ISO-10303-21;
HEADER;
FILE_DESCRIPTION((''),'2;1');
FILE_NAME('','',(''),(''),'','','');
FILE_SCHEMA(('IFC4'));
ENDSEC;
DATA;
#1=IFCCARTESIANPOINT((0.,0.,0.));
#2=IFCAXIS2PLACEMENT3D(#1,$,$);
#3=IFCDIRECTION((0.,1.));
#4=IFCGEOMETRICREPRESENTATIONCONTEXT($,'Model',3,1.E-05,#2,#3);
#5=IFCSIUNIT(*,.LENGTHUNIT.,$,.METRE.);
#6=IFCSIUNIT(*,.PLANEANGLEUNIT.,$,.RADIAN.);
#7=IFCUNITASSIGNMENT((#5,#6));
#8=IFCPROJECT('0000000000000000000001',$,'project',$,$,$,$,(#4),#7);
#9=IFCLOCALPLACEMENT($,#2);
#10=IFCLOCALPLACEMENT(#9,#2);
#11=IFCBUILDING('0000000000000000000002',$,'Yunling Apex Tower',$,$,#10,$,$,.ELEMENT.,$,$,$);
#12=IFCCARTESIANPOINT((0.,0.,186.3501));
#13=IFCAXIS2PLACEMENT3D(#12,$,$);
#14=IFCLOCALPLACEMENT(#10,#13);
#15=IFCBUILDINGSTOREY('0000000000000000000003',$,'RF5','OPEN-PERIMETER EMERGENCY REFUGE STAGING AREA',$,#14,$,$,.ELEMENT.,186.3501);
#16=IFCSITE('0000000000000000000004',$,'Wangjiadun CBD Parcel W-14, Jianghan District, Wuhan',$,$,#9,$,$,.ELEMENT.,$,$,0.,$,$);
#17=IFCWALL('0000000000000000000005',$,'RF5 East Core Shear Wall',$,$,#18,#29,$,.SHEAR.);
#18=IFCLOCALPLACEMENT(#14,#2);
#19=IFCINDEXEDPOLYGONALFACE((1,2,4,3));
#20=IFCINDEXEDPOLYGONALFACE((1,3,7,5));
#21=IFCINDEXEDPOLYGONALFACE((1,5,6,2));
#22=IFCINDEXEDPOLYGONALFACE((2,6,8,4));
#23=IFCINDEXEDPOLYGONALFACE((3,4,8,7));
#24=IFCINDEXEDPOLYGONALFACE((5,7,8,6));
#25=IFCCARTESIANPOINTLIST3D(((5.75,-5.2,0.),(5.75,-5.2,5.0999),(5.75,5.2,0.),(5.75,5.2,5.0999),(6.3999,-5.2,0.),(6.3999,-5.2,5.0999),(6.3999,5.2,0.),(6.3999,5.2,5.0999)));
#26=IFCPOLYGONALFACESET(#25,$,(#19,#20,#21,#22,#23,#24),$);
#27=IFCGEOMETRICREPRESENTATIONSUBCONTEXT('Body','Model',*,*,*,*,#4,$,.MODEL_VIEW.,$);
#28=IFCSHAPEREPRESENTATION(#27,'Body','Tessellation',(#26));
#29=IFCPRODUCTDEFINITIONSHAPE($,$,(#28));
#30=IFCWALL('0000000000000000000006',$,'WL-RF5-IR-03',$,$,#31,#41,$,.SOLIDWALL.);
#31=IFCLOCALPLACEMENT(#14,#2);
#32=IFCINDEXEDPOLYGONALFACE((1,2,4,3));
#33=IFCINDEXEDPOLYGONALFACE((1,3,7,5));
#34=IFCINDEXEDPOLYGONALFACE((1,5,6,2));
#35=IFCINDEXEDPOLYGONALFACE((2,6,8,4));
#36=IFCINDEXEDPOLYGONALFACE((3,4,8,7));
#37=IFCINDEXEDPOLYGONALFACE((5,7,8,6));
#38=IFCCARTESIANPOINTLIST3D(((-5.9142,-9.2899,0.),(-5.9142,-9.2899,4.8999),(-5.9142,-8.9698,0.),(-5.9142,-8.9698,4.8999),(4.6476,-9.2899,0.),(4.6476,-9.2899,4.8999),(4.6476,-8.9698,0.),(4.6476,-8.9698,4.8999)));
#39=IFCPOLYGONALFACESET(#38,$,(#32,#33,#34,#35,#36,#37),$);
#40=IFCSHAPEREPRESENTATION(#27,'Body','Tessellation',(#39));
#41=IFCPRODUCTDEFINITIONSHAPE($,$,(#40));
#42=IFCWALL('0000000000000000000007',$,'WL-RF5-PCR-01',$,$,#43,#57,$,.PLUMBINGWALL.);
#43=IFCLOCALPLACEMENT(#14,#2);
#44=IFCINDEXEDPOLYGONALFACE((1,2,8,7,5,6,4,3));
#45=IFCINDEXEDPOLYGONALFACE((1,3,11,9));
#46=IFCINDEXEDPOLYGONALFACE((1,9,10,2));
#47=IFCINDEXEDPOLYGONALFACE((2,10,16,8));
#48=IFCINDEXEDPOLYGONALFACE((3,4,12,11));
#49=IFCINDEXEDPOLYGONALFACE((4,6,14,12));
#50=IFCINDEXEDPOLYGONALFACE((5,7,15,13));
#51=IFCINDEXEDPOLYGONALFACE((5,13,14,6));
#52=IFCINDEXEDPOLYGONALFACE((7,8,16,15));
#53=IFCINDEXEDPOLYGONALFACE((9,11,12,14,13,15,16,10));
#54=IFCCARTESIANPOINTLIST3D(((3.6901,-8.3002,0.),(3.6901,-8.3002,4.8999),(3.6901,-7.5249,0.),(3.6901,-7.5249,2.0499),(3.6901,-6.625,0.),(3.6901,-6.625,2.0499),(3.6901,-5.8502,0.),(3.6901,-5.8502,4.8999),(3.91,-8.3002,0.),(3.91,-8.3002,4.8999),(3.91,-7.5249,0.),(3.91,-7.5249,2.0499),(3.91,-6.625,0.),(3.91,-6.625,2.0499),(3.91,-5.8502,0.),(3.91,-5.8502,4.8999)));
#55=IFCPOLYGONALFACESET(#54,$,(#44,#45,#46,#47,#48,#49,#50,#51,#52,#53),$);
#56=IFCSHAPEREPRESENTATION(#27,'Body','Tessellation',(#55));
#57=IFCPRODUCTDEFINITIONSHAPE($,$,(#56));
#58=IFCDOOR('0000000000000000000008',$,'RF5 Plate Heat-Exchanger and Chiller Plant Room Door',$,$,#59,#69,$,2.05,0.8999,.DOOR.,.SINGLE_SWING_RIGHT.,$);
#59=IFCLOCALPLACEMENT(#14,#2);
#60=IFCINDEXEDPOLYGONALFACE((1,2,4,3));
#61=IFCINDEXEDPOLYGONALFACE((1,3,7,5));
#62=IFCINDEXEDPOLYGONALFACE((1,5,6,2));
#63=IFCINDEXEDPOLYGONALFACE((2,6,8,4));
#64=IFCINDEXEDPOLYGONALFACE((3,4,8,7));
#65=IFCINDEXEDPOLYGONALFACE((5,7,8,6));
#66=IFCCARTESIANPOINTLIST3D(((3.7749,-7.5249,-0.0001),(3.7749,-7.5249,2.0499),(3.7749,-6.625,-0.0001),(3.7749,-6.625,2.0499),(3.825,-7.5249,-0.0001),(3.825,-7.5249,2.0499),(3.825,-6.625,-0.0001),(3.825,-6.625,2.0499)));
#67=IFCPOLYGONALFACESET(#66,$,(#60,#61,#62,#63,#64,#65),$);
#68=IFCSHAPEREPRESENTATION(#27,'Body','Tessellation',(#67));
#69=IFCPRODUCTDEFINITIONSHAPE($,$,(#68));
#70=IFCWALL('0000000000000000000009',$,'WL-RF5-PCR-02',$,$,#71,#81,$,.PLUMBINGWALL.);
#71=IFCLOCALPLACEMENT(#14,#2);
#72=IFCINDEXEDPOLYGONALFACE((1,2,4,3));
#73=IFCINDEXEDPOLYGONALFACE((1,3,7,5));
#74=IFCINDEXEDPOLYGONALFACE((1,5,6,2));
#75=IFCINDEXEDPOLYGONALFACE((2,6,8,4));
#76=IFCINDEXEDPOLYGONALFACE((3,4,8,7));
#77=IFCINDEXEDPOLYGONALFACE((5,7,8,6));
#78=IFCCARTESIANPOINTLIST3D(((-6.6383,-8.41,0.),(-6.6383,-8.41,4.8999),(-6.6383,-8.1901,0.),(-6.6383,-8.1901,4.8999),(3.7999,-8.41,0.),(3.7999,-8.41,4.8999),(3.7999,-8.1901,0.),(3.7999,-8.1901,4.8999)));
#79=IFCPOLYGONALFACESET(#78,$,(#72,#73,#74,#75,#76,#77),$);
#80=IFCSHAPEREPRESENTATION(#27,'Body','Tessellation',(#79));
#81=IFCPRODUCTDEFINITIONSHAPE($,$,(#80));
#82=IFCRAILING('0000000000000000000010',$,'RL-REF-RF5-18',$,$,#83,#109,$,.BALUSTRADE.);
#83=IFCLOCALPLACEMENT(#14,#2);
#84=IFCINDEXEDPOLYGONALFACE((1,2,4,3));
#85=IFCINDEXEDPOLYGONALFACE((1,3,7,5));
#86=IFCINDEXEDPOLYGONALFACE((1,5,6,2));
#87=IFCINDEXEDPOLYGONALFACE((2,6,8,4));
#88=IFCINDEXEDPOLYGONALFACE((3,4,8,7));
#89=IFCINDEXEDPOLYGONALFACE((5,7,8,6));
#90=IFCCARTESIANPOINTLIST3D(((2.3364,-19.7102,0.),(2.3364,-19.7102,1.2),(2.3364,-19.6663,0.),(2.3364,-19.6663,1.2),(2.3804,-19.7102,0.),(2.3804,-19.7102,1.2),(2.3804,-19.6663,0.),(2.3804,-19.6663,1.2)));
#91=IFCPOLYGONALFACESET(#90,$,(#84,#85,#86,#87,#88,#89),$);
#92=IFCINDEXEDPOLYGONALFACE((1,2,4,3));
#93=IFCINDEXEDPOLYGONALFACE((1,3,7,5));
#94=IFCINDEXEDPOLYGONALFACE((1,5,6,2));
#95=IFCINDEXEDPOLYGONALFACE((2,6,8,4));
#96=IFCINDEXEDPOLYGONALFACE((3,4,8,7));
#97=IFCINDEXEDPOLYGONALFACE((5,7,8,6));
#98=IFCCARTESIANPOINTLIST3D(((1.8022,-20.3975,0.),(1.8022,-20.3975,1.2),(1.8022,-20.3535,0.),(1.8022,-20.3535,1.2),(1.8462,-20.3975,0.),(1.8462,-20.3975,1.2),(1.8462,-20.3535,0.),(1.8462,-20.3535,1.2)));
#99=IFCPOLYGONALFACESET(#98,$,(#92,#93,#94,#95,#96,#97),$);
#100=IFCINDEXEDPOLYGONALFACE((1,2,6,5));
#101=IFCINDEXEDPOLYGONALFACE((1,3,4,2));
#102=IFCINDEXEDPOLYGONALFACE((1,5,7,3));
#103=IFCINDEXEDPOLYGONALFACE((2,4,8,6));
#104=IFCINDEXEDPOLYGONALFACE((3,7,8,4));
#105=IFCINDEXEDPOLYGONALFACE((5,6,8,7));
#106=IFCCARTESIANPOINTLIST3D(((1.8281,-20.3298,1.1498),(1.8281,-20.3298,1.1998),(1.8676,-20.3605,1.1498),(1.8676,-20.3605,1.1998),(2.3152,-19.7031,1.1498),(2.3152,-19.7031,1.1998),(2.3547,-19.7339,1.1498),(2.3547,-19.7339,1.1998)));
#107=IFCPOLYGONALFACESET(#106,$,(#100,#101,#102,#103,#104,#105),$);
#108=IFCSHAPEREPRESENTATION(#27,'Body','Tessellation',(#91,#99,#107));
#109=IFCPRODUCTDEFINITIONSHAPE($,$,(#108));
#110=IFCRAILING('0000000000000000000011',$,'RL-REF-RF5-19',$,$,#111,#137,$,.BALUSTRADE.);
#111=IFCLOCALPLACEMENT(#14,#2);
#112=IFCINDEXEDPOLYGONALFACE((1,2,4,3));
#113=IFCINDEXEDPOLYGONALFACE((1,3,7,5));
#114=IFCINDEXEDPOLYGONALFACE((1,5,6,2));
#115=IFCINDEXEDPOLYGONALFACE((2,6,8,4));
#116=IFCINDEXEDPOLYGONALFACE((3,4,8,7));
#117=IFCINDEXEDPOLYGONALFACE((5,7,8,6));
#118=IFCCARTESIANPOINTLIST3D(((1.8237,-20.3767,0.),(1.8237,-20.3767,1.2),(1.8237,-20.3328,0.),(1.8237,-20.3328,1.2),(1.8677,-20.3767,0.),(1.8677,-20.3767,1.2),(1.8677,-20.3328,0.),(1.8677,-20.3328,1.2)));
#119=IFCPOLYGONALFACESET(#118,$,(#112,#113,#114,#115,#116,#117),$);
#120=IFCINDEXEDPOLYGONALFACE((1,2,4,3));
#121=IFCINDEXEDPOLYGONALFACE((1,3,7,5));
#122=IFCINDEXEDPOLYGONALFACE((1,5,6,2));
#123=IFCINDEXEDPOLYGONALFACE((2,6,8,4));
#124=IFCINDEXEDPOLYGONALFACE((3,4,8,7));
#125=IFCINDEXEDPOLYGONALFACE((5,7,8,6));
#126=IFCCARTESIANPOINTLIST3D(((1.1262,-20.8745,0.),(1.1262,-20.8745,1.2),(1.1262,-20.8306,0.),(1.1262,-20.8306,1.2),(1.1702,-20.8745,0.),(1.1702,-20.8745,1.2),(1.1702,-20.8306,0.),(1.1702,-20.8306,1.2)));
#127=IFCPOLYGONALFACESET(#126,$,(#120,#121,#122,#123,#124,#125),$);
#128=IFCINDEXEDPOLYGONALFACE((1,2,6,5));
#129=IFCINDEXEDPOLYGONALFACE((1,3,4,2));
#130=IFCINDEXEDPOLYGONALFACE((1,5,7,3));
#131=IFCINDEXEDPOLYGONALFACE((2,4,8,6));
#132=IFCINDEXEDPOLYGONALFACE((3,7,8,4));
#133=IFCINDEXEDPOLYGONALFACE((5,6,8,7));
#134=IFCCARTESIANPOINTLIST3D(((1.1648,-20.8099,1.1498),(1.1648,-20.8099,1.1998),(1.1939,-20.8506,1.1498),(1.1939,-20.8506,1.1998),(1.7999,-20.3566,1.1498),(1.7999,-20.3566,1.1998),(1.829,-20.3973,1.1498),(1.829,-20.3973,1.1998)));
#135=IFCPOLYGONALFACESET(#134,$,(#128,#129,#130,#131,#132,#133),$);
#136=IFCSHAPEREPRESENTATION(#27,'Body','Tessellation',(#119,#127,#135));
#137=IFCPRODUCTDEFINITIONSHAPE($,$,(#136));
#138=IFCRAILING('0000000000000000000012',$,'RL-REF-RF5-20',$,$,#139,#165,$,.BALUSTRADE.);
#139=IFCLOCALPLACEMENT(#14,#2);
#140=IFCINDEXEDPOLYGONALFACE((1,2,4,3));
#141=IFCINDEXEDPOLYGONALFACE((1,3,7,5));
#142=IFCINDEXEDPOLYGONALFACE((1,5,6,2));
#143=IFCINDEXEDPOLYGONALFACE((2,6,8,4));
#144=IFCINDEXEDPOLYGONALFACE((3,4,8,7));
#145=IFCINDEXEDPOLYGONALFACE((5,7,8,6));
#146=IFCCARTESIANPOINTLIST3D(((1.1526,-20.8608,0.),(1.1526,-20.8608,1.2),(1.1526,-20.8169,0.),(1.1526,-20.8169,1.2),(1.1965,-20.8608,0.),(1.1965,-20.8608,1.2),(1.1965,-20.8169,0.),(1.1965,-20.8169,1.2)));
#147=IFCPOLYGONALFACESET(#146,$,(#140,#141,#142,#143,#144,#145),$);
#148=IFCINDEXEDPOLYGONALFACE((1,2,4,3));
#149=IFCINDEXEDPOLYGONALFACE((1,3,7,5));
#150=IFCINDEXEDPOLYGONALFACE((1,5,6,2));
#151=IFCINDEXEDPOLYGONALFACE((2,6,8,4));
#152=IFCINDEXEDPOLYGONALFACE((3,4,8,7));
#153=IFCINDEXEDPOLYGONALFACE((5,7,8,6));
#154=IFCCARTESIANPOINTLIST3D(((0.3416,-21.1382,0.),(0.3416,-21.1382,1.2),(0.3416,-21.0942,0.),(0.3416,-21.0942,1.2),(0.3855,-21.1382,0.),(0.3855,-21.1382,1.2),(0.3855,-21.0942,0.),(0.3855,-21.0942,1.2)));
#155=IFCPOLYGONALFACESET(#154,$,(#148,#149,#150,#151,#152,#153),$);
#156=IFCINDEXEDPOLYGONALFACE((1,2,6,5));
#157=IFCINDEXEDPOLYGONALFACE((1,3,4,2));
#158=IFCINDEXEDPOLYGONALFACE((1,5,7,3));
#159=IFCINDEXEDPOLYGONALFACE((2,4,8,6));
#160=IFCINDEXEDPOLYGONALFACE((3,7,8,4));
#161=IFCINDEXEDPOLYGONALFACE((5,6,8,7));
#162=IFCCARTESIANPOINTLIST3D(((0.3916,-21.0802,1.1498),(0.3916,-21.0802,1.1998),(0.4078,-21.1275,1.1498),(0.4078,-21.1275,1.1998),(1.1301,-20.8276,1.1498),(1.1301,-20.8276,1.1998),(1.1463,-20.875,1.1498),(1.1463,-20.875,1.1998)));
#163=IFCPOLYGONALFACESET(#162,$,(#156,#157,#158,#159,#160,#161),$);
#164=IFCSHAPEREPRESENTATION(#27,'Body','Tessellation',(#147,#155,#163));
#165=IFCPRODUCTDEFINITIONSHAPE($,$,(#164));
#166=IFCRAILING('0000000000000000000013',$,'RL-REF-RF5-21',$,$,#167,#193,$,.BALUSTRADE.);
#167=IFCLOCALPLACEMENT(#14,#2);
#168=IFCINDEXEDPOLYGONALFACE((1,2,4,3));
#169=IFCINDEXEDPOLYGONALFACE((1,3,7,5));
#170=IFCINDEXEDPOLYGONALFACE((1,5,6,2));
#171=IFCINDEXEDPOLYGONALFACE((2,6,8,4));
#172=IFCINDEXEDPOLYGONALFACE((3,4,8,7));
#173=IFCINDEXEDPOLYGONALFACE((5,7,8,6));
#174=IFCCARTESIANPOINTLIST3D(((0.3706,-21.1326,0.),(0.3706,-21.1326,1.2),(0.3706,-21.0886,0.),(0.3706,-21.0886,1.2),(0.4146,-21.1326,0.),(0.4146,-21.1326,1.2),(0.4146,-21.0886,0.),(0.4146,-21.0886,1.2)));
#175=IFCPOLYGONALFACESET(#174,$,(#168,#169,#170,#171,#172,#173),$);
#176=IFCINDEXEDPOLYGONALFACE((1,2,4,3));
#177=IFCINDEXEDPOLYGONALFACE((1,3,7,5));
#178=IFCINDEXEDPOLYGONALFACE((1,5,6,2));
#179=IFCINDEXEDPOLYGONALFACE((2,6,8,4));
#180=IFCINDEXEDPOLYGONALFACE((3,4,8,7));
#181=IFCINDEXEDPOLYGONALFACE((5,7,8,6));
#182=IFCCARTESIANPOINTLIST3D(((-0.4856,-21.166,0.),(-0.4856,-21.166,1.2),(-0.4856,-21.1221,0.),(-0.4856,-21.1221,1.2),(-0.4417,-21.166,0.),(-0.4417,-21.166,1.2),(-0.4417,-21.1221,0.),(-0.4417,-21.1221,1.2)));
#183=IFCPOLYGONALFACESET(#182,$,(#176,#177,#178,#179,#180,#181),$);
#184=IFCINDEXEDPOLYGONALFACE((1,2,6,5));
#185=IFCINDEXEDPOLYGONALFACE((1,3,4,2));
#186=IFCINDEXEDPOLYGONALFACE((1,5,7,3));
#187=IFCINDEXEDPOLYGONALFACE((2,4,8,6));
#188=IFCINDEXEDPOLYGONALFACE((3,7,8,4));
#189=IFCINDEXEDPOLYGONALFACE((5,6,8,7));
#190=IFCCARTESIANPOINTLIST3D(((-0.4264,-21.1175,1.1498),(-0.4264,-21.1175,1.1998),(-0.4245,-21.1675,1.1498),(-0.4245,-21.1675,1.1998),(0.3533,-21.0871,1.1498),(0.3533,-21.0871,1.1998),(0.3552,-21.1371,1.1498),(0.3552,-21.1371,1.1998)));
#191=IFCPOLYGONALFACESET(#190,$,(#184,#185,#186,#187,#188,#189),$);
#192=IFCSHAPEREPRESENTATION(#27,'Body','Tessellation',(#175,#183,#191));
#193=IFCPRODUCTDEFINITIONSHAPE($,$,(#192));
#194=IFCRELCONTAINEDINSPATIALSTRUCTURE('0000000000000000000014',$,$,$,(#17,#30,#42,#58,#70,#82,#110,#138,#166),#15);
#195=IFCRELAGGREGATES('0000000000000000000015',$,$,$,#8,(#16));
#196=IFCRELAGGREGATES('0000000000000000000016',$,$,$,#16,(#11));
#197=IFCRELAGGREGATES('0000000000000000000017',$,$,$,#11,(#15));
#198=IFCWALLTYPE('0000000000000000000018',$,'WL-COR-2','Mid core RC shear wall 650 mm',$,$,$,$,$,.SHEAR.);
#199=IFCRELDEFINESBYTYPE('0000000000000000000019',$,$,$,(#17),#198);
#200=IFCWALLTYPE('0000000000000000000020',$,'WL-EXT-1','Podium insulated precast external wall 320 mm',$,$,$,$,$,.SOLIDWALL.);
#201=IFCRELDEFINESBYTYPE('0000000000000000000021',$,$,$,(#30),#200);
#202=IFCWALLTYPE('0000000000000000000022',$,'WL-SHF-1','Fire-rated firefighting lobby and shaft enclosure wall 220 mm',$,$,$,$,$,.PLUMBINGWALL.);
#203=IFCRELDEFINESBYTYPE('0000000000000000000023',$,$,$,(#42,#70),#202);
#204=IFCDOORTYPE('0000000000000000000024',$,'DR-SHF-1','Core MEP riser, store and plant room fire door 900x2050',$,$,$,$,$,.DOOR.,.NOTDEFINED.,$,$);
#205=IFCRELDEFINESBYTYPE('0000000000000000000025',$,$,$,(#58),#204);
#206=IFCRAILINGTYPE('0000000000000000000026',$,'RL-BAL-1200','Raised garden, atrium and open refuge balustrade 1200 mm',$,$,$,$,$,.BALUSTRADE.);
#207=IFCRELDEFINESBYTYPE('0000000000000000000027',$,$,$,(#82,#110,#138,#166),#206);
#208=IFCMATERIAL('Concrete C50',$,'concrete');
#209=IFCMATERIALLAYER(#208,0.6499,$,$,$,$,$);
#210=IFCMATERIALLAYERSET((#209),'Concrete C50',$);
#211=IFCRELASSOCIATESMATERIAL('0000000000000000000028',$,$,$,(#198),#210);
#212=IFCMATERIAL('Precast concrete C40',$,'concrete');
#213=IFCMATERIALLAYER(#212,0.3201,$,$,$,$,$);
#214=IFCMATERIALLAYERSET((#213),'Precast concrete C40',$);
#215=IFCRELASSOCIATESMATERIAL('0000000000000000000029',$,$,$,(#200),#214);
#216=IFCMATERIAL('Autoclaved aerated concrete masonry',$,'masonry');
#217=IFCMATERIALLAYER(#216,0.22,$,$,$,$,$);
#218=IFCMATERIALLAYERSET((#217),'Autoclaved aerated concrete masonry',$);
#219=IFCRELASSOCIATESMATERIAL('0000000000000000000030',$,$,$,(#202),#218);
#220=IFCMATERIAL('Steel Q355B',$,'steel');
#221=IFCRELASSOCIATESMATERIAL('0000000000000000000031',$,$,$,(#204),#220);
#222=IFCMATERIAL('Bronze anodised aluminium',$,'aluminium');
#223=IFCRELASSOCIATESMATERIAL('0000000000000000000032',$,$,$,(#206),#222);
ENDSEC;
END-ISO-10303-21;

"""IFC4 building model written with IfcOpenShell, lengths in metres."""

from ifc_helpers import new_model, si_unit, direction, frame, frame_2d, origin, origin_2d, place, context, subcontext, project, spatial, rectangle, extrude, material, layer, layer_set, type_object, element, fill, save


model = new_model("IFC4")

# Units and contexts
model_context = context("Model", 3, precision=1e-05, world=origin(), true_north=direction((0.0, 1.0)))
body_context = subcontext(model_context, "Body", "Model", "MODEL_VIEW")
ifc_project = project(units=[si_unit("LENGTHUNIT", "METRE"), si_unit("PLANEANGLEUNIT", "RADIAN")], contexts=[model_context])

# Site, building, storey
site_placement = place(None, origin())
site = spatial("IfcSite", under=ifc_project, at=site_placement, Name="Wangjiadun CBD Parcel W-14, Jianghan District, Wuhan", CompositionType="ELEMENT", RefElevation=0.0)
building_placement = place(site_placement, origin())
building = spatial("IfcBuilding", under=site, at=building_placement, Name="Yunling Apex Tower", CompositionType="ELEMENT")
storey_placement = place(building_placement, frame((0.0, 0.0, 186.3501)))
storey = spatial("IfcBuildingStorey", under=building, at=storey_placement, Name="RF5", Description="OPEN-PERIMETER EMERGENCY REFUGE STAGING AREA", CompositionType="ELEMENT", Elevation=186.3501)

# Shared definitions
ifc_material_1 = material(Name="Concrete C50", Category="concrete")

# Shared definitions
ifc_material_2 = material(Name="Steel Q355B", Category="steel")

# Walls
ifc_layer_1 = layer(ifc_material_1, 0.6499)
ifc_layer_set_1 = layer_set([ifc_layer_1], Name="Concrete C50")
wall_type_1 = type_object("IfcWallType", Name="WL-COR-2", Description="Mid core RC shear wall 650 mm", PredefinedType="SHEAR", material=ifc_layer_set_1)
wall_1_placement = place(storey_placement, frame((6.075, -5.2, 0.0), z_axis=(0.0, 0.0, 1.0), x_axis=(0.0, 1.0, 0.0)))
element("IfcWall", 1, at=wall_1_placement, inside=storey, type_object=wall_type_1, Name="RF5 East Core Shear Wall", PredefinedType="SHEAR", context=body_context, shape_type="SweptSolid", body=[
    extrude(rectangle(XDim=10.3999, YDim=0.6499, at=frame_2d((5.2, 0.0))), origin(), (0.0, 0.0, 1.0), 5.0999),
])
ifc_material_3 = material(Name="Precast concrete C40", Category="concrete")
ifc_layer_2 = layer(ifc_material_3, 0.3201)
ifc_layer_set_2 = layer_set([ifc_layer_2], Name="Precast concrete C40")
wall_type_2 = type_object("IfcWallType", Name="WL-EXT-1", Description="Podium insulated precast external wall 320 mm", PredefinedType="SOLIDWALL", material=ifc_layer_set_2)
wall_2_placement = place(storey_placement, frame((4.6475, -9.1299, 0.0), z_axis=(0.0, 0.0, 1.0), x_axis=(-1.0, 0.0, 0.0)))
element("IfcWall", 2, at=wall_2_placement, inside=storey, type_object=wall_type_2, Name="WL-RF5-IR-03", PredefinedType="SOLIDWALL", context=body_context, shape_type="SweptSolid", body=[
    extrude(rectangle(XDim=10.5618, YDim=0.3201, at=frame_2d((5.2808, 0.0))), origin(), (0.0, 0.0, 1.0), 4.8999),
])

# Wall, opening, door
ifc_material_4 = material(Name="Autoclaved aerated concrete masonry", Category="masonry")
ifc_layer_3 = layer(ifc_material_4, 0.22)
ifc_layer_set_3 = layer_set([ifc_layer_3], Name="Autoclaved aerated concrete masonry")
wall_type_3 = type_object("IfcWallType", Name="WL-SHF-1", Description="Fire-rated firefighting lobby and shaft enclosure wall 220 mm", PredefinedType="PLUMBINGWALL", material=ifc_layer_set_3)
wall_3_placement = place(storey_placement, frame((3.8, -5.8501, 0.0), z_axis=(0.0, 0.0, 1.0), x_axis=(0.0, -1.0, 0.0)))
wall_3 = element("IfcWall", 3, at=wall_3_placement, inside=storey, type_object=wall_type_3, Name="WL-RF5-PCR-01", PredefinedType="PLUMBINGWALL", context=body_context, shape_type="SweptSolid", body=[
    extrude(rectangle(XDim=2.45, YDim=0.22, at=frame_2d((1.2251, 0.0))), origin(), (0.0, 0.0, 1.0), 4.8999),
])
opening_placement = place(wall_3_placement, frame((0.7749, 0.0, 0.0)))
opening = element("IfcOpeningElement", 4, at=opening_placement, cuts=wall_3, PredefinedType="OPENING", context=body_context, shape_type="SweptSolid", body=[
    extrude(rectangle(XDim=0.8999, YDim=2.05, at=frame_2d((0.45, 1.0249))), frame((0.0, 0.1201, 0.0), z_axis=(0.0, -1.0, 0.0), x_axis=(1.0, 0.0, 0.0)), (0.0, 0.0, 1.0), 0.24),
])
door_type = type_object("IfcDoorType", Name="DR-SHF-1", Description="Core MEP riser, store and plant room fire door 900x2050", OperationType="NOTDEFINED", PredefinedType="DOOR", material=ifc_material_2)
door_placement = place(opening_placement, origin())
door = element("IfcDoor", 5, at=door_placement, inside=storey, type_object=door_type, Name="RF5 Plate Heat-Exchanger and Chiller Plant Room Door", OperationType="SINGLE_SWING_RIGHT", OverallHeight=2.05, OverallWidth=0.8999, PredefinedType="DOOR", context=body_context, shape_type="SweptSolid", body=[
    extrude(rectangle(XDim=0.8999, YDim=2.05, at=frame_2d((0.45, 1.0249))), frame((0.0, 0.0249, 0.0), z_axis=(0.0, -1.0, 0.0), x_axis=(1.0, 0.0, 0.0)), (0.0, 0.0, 1.0), 0.05),
])
fill(opening, door)

# Wall
wall_4_placement = place(storey_placement, frame((3.8, -8.3, 0.0), z_axis=(0.0, 0.0, 1.0), x_axis=(-1.0, 0.0, 0.0)))
element("IfcWall", 6, at=wall_4_placement, inside=storey, type_object=wall_type_3, Name="WL-RF5-PCR-02", PredefinedType="PLUMBINGWALL", context=body_context, shape_type="SweptSolid", body=[
    extrude(rectangle(XDim=10.4382, YDim=0.22, at=frame_2d((5.2192, 0.0))), origin(), (0.0, 0.0, 1.0), 4.8999),
])

# Railings
ifc_material_5 = material(Name="Bronze anodised aluminium", Category="aluminium")
railing_type = type_object("IfcRailingType", Name="RL-BAL-1200", Description="Raised garden, atrium and open refuge balustrade 1200 mm", PredefinedType="BALUSTRADE", material=ifc_material_5)
railing_1_placement = place(storey_placement, frame((2.3584, -19.6882, 0.0)))
element("IfcRailing", 7, at=railing_1_placement, inside=storey, type_object=railing_type, Name="RL-REF-RF5-18", PredefinedType="BALUSTRADE", context=body_context, shape_type="SweptSolid", body=[
    extrude(rectangle(XDim=0.0439, YDim=0.0439, at=origin_2d()), origin(), (0.0, 0.0, 1.0), 1.2),
    extrude(rectangle(XDim=0.0439, YDim=0.0439, at=origin_2d()), frame((-0.5342, -0.6873, 0.0)), (0.0, 0.0, 1.0), 1.2),
    extrude(rectangle(XDim=0.05, YDim=0.05, at=origin_2d()), frame((-0.0234, -0.0303, 1.1748), z_axis=(-0.613688, -0.789549, 0.0), x_axis=(0.789549, -0.613688, 0.0)), (0.0, 0.0, 1.0), 0.7937),
])
railing_2_placement = place(storey_placement, frame((1.8457, -20.3547, 0.0)))
element("IfcRailing", 8, at=railing_2_placement, inside=storey, type_object=railing_type, Name="RL-REF-RF5-19", PredefinedType="BALUSTRADE", context=body_context, shape_type="SweptSolid", body=[
    extrude(rectangle(XDim=0.0439, YDim=0.0439, at=origin_2d()), origin(), (0.0, 0.0, 1.0), 1.2),
    extrude(rectangle(XDim=0.0439, YDim=0.0439, at=origin_2d()), frame((-0.6975, -0.4978, 0.0)), (0.0, 0.0, 1.0), 1.2),
    extrude(rectangle(XDim=0.05, YDim=0.05, at=origin_2d()), frame((-0.0312, -0.0222, 1.1748), z_axis=(-0.813964, -0.580915, 0.0), x_axis=(0.580915, -0.813964, 0.0)), (0.0, 0.0, 1.0), 0.7803),
])
railing_3_placement = place(storey_placement, frame((1.1746, -20.8389, 0.0)))
element("IfcRailing", 9, at=railing_3_placement, inside=storey, type_object=railing_type, Name="RL-REF-RF5-20", PredefinedType="BALUSTRADE", context=body_context, shape_type="SweptSolid", body=[
    extrude(rectangle(XDim=0.0439, YDim=0.0439, at=origin_2d()), origin(), (0.0, 0.0, 1.0), 1.2),
    extrude(rectangle(XDim=0.0439, YDim=0.0439, at=origin_2d()), frame((-0.811, -0.2773, 0.0)), (0.0, 0.0, 1.0), 1.2),
    extrude(rectangle(XDim=0.05, YDim=0.05, at=origin_2d()), frame((-0.0364, -0.0125, 1.1748), z_axis=(-0.946205, -0.323567, 0.0), x_axis=(0.323567, -0.946205, 0.0)), (0.0, 0.0, 1.0), 0.7805),
])
railing_4_placement = place(storey_placement, frame((0.3926, -21.1106, 0.0)))
element("IfcRailing", 10, at=railing_4_placement, inside=storey, type_object=railing_type, Name="RL-REF-RF5-21", PredefinedType="BALUSTRADE", context=body_context, shape_type="SweptSolid", body=[
    extrude(rectangle(XDim=0.0439, YDim=0.0439, at=origin_2d()), origin(), (0.0, 0.0, 1.0), 1.2),
    extrude(rectangle(XDim=0.0439, YDim=0.0439, at=origin_2d()), frame((-0.8562, -0.0334, 0.0)), (0.0, 0.0, 1.0), 1.2),
    extrude(rectangle(XDim=0.05, YDim=0.05, at=origin_2d()), frame((-0.0383, -0.0015, 1.1748), z_axis=(-0.999238, -0.039035, 0.0), x_axis=(0.039035, -0.999238, 0.0)), (0.0, 0.0, 1.0), 0.7803),
])

save(model, "model.ifc")
